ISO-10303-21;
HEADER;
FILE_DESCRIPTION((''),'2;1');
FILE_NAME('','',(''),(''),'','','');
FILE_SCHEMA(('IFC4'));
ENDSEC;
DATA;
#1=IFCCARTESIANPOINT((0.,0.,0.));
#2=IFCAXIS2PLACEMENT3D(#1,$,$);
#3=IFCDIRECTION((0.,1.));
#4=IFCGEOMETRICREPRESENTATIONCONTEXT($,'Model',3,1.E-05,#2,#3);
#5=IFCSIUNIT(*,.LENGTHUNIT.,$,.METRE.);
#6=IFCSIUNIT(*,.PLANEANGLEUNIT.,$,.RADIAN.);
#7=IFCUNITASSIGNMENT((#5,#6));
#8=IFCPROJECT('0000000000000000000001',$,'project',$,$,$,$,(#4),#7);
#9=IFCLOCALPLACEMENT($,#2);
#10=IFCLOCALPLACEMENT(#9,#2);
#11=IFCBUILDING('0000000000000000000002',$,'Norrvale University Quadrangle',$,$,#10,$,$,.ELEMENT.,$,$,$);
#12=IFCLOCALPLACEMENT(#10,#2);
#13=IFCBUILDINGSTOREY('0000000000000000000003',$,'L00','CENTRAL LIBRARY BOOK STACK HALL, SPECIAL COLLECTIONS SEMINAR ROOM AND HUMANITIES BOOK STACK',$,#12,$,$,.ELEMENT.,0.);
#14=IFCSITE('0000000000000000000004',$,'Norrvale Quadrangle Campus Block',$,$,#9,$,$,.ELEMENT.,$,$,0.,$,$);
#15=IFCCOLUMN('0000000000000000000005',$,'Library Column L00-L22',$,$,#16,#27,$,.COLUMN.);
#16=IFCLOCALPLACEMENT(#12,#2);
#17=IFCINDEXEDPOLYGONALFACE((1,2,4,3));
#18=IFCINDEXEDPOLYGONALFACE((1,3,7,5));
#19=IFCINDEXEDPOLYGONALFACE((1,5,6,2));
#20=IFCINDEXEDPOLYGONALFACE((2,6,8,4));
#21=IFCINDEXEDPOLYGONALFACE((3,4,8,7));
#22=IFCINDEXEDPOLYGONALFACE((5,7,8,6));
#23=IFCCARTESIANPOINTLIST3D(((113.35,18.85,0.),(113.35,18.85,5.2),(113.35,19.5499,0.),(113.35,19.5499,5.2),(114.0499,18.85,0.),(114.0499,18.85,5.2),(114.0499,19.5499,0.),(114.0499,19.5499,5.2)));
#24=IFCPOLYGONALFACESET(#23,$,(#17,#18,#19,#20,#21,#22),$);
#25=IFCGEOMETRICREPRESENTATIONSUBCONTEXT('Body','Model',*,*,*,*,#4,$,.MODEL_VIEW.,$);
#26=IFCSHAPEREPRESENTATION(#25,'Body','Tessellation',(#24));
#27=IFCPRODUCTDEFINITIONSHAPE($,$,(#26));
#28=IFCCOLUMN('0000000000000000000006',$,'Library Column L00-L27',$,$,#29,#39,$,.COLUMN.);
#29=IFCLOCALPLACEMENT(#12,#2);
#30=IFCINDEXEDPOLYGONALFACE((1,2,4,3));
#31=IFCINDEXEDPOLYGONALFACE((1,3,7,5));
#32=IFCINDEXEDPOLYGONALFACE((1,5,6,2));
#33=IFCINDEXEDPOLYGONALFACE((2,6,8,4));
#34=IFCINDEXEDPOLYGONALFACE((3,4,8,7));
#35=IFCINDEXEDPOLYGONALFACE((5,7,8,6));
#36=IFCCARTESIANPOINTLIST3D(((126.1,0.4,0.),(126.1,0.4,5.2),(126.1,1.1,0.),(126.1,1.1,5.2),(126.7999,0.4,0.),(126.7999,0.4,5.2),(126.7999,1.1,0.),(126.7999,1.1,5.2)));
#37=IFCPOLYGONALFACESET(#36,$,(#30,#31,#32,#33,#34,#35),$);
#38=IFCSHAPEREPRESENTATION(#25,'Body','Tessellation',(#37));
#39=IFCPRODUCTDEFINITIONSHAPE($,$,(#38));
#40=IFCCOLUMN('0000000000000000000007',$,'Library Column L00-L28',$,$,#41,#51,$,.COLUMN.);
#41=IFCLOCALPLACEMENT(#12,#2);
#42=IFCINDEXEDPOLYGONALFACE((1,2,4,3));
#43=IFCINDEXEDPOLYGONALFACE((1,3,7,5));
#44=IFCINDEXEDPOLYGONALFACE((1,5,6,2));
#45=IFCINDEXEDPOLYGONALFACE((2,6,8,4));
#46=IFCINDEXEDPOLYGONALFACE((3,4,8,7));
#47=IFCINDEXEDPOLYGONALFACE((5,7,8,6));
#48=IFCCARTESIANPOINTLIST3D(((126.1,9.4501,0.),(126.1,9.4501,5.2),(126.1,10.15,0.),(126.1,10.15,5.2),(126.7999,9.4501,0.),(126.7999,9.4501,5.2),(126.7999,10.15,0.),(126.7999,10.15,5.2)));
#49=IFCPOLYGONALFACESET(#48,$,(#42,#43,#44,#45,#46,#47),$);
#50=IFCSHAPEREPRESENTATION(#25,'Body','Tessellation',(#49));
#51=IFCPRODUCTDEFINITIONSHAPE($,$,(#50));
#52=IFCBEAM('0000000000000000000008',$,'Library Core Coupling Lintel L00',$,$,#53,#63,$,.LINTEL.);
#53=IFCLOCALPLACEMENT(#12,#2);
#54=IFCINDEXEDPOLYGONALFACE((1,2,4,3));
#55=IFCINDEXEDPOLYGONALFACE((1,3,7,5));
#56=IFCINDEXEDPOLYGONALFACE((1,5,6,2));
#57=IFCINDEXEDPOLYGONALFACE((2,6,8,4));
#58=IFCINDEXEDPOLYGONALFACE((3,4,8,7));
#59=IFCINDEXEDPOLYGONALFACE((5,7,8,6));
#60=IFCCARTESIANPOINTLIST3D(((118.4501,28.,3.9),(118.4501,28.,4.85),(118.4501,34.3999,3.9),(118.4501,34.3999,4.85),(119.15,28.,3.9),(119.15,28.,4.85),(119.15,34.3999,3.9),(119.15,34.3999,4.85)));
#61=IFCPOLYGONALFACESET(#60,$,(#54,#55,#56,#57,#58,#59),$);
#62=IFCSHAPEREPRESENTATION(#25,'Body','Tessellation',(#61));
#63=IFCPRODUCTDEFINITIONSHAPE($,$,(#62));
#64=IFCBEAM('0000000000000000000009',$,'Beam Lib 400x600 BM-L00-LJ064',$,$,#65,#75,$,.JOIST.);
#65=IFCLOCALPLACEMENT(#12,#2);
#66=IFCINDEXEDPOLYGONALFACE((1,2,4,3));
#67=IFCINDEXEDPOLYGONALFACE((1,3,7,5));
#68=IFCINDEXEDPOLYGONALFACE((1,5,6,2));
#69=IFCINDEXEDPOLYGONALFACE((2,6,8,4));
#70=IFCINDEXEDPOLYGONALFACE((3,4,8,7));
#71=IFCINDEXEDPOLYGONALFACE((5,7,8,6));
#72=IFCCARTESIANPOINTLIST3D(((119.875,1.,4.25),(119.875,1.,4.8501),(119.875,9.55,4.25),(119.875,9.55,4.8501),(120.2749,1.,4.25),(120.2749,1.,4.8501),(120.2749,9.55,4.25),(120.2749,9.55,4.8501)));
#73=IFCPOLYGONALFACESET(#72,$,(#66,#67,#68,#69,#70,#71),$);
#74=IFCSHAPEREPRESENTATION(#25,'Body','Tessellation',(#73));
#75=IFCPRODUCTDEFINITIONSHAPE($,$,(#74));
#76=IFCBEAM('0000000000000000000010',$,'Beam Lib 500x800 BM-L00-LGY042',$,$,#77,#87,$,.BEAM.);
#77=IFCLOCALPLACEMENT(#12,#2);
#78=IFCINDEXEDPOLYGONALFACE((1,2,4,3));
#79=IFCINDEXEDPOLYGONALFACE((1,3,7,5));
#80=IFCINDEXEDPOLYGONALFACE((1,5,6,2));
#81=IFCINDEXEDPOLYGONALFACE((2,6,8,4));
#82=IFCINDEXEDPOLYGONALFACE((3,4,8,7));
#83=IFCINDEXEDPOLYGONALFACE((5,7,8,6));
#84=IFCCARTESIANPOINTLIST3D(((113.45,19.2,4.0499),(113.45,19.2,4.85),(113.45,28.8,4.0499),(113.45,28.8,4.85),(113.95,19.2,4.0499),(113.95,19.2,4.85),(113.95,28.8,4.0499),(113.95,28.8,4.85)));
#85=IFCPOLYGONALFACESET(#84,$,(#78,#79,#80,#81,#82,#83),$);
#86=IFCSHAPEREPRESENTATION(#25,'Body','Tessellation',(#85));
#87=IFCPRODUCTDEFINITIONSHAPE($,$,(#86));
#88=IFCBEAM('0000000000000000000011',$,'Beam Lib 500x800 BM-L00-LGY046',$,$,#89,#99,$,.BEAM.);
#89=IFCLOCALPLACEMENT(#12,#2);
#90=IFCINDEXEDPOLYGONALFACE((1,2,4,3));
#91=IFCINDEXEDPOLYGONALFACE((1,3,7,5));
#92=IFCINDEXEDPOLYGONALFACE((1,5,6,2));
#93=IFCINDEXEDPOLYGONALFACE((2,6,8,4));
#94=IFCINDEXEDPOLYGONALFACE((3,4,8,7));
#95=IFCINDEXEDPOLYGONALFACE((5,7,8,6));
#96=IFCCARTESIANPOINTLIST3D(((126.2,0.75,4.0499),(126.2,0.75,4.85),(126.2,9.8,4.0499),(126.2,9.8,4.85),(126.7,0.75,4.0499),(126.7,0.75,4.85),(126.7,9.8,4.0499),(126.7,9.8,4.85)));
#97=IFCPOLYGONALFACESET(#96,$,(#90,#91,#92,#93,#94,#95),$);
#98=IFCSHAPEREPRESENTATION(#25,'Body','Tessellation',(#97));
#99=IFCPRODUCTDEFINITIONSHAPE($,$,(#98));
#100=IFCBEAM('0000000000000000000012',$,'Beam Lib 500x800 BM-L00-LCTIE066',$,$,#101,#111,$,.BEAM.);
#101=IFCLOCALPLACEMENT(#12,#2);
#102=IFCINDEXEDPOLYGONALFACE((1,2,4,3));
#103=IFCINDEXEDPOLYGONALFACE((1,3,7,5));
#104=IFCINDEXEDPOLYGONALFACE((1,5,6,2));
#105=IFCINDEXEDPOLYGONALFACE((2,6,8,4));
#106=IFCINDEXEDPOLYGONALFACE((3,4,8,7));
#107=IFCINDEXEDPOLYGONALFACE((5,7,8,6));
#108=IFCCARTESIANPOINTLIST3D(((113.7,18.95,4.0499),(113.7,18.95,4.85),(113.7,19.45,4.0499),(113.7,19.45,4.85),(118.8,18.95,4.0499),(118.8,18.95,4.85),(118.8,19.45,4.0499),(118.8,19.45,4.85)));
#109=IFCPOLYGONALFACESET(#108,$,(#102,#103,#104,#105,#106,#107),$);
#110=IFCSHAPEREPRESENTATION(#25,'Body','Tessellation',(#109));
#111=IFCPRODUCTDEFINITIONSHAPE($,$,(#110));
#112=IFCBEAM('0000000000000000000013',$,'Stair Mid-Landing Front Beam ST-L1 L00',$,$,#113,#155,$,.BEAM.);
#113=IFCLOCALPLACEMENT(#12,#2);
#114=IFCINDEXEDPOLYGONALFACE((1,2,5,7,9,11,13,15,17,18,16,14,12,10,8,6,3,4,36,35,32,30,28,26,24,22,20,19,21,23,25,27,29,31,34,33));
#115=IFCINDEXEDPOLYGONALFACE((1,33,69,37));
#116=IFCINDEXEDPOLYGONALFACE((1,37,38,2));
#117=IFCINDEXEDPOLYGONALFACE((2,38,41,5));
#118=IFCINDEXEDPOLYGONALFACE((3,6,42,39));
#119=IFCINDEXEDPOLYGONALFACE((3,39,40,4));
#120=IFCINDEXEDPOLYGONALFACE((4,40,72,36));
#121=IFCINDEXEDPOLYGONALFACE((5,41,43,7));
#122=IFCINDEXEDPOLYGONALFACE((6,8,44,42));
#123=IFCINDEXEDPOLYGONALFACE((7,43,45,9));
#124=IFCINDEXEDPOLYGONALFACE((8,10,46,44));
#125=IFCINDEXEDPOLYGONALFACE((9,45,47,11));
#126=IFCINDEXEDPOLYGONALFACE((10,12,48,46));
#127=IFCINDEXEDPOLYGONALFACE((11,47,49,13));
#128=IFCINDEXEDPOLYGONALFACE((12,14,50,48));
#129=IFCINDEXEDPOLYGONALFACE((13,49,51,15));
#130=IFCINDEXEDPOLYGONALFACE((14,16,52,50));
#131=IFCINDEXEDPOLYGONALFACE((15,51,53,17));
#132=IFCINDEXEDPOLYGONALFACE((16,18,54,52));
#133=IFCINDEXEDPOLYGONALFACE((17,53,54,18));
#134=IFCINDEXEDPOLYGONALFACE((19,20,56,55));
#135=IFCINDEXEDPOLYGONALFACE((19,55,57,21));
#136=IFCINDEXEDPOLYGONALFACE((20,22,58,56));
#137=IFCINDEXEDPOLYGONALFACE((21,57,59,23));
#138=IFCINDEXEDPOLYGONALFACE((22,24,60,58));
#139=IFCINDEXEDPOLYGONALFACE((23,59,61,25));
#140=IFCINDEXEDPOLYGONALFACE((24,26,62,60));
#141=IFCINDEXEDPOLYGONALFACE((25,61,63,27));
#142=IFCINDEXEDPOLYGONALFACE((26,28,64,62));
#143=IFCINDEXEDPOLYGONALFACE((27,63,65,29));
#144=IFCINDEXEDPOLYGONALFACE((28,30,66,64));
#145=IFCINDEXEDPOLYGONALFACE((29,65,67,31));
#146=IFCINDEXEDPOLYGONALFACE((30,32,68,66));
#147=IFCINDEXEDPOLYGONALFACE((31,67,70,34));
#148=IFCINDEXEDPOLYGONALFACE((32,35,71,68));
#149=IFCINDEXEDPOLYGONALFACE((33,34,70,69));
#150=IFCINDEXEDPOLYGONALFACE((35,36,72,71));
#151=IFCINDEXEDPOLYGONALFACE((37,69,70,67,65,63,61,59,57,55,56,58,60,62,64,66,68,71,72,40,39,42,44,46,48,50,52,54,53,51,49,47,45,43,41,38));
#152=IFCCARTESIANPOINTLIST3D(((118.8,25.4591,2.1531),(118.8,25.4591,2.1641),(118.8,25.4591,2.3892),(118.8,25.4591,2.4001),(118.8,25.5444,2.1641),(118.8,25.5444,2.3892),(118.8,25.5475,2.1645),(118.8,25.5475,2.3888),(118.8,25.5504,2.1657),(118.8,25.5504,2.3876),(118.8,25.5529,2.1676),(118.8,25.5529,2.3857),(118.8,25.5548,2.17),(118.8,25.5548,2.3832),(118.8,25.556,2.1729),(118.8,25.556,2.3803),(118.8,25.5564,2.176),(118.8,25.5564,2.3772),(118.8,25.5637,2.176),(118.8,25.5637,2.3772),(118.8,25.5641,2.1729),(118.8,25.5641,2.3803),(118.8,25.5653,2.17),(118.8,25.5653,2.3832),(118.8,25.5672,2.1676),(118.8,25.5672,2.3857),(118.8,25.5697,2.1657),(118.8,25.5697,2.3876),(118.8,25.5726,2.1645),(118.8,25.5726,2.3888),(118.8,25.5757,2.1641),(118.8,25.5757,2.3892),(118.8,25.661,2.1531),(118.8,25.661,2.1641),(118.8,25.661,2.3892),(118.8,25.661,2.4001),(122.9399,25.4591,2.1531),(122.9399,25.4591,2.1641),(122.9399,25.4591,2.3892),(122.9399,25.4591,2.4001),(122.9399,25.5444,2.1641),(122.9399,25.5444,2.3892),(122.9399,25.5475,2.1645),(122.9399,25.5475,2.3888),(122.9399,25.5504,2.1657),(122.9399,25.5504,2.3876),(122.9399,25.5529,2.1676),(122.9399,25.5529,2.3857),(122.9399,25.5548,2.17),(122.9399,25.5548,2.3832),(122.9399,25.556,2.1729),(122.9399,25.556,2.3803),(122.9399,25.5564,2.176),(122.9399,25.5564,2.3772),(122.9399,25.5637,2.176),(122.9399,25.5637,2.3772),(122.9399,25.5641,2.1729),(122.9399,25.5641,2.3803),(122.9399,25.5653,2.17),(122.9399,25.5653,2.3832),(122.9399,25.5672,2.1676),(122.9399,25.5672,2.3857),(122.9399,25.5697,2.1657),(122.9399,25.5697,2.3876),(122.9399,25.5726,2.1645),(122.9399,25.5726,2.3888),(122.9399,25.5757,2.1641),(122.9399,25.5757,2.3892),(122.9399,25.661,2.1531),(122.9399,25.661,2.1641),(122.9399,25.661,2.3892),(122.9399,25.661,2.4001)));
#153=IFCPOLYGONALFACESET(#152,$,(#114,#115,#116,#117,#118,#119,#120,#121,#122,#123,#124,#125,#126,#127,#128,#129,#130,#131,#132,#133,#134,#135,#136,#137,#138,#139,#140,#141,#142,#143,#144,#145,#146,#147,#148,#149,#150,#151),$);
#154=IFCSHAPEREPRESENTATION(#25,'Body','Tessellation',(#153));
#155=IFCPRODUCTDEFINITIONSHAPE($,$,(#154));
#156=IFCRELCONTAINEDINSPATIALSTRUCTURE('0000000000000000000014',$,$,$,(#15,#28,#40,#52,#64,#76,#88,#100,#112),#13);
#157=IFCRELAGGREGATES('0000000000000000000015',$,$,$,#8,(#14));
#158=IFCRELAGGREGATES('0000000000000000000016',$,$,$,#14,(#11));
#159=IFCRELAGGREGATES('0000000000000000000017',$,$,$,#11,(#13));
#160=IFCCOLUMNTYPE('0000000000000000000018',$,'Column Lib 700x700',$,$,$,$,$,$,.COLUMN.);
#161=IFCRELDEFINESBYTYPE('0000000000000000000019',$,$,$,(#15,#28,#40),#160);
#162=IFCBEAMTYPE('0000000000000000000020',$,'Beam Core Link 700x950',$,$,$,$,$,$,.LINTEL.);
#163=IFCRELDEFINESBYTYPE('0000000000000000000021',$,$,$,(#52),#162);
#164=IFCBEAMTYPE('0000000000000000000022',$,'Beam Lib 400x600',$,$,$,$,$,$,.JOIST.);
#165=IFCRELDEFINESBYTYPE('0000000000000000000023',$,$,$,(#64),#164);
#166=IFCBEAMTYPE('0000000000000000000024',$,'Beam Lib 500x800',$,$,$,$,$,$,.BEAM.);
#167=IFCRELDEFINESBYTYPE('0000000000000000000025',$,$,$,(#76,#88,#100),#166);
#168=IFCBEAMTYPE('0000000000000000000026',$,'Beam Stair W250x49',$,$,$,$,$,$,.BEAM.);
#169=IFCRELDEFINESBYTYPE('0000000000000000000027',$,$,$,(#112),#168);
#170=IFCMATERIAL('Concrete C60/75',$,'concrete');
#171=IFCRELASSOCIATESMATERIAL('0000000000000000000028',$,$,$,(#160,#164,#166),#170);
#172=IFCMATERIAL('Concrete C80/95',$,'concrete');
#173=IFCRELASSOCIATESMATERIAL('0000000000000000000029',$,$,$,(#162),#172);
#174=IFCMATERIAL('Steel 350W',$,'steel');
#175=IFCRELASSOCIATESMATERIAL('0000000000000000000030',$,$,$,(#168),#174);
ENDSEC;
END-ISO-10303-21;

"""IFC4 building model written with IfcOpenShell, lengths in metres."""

from ifc_helpers import new_model, si_unit, direction, frame, origin, origin_2d, place, context, subcontext, project, spatial, rectangle, i_section, extrude, material, material_profile, profile_set, type_object, element, save


model = new_model("IFC4")

# Units and contexts
model_context = context("Model", 3, precision=1e-05, world=origin(), true_north=direction((0.0, 1.0)))
body_context = subcontext(model_context, "Body", "Model", "MODEL_VIEW")
ifc_project = project(units=[si_unit("LENGTHUNIT", "METRE"), si_unit("PLANEANGLEUNIT", "RADIAN")], contexts=[model_context])

# Site, building, storey
site_placement = place(None, origin())
site = spatial("IfcSite", under=ifc_project, at=site_placement, Name="Norrvale Quadrangle Campus Block", CompositionType="ELEMENT", RefElevation=0.0)
building_placement = place(site_placement, origin())
building = spatial("IfcBuilding", under=site, at=building_placement, Name="Norrvale University Quadrangle", CompositionType="ELEMENT")
storey_placement = place(building_placement, origin())
storey = spatial("IfcBuildingStorey", under=building, at=storey_placement, Name="L00", Description="CENTRAL LIBRARY BOOK STACK HALL, SPECIAL COLLECTIONS SEMINAR ROOM AND HUMANITIES BOOK STACK", CompositionType="ELEMENT", Elevation=0.0)

# Columns
ifc_material_1 = material(Name="Concrete C60/75", Category="concrete")
ifc_material_profile_1 = material_profile(ifc_material_1, rectangle(XDim=0.7, YDim=0.7, at=origin_2d()), Name="Concrete C60/75")
ifc_profile_set_1 = profile_set([ifc_material_profile_1], Name="Concrete C60/75")
column_type = type_object("IfcColumnType", Name="Column Lib 700x700", PredefinedType="COLUMN", material=ifc_profile_set_1)
for number, where, z_axis, x_axis, name in (
    (1, (113.7, 19.2, 0.0), (0.0, 0.0, 1.0), (1.0, 0.0, 0.0), "Library Column L00-L22"),
    (2, (126.45, 0.75, 0.0), (0.0, 0.0, 1.0), (1.0, 0.0, 0.0), "Library Column L00-L27"),
    (3, (126.45, 9.8, 0.0), (0.0, 0.0, 1.0), (1.0, 0.0, 0.0), "Library Column L00-L28"),
):
    element("IfcColumn", number, at=place(storey_placement, frame(where, z_axis=z_axis, x_axis=x_axis)), inside=storey, type_object=column_type, Name=name, PredefinedType="COLUMN", context=body_context, shape_type="SweptSolid", body=[
        extrude(rectangle(XDim=0.7, YDim=0.7, at=origin_2d()), origin(), (0.0, 0.0, 1.0), 5.2),
    ])

# Beams
ifc_material_2 = material(Name="Concrete C80/95", Category="concrete")
ifc_material_profile_2 = material_profile(ifc_material_2, rectangle(XDim=0.7, YDim=0.95, at=origin_2d()), Name="Concrete C80/95")
ifc_profile_set_2 = profile_set([ifc_material_profile_2], Name="Concrete C80/95")
beam_type_1 = type_object("IfcBeamType", Name="Beam Core Link 700x950", PredefinedType="LINTEL", material=ifc_profile_set_2)
beam_1_placement = place(storey_placement, frame((118.8, 28.0, 4.375), z_axis=(0.0, 1.0, 0.0), x_axis=(-1.0, 0.0, 0.0)))
element("IfcBeam", 4, at=beam_1_placement, inside=storey, type_object=beam_type_1, Name="Library Core Coupling Lintel L00", PredefinedType="LINTEL", context=body_context, shape_type="SweptSolid", body=[
    extrude(rectangle(XDim=0.7, YDim=0.95, at=origin_2d()), origin(), (0.0, 0.0, 1.0), 6.3999),
])
ifc_material_profile_3 = material_profile(ifc_material_1, rectangle(XDim=0.3999, YDim=0.6001, at=origin_2d()), Name="Concrete C60/75")
ifc_profile_set_3 = profile_set([ifc_material_profile_3], Name="Concrete C60/75")
beam_type_2 = type_object("IfcBeamType", Name="Beam Lib 400x600", PredefinedType="JOIST", material=ifc_profile_set_3)
beam_2_placement = place(storey_placement, frame((120.075, 1.0, 4.55), z_axis=(0.0, 1.0, 0.0), x_axis=(-1.0, 0.0, 0.0)))
element("IfcBeam", 5, at=beam_2_placement, inside=storey, type_object=beam_type_2, Name="Beam Lib 400x600 BM-L00-LJ064", PredefinedType="JOIST", context=body_context, shape_type="SweptSolid", body=[
    extrude(rectangle(XDim=0.3999, YDim=0.6001, at=origin_2d()), origin(), (0.0, 0.0, 1.0), 8.55),
])
ifc_material_profile_4 = material_profile(ifc_material_1, rectangle(XDim=0.5, YDim=0.8, at=origin_2d()), Name="Concrete C60/75")
ifc_profile_set_4 = profile_set([ifc_material_profile_4], Name="Concrete C60/75")
beam_type_3 = type_object("IfcBeamType", Name="Beam Lib 500x800", PredefinedType="BEAM", material=ifc_profile_set_4)
beam_3_placement = place(storey_placement, frame((113.7, 19.2, 4.45), z_axis=(0.0, 1.0, 0.0), x_axis=(-1.0, 0.0, 0.0)))
element("IfcBeam", 6, at=beam_3_placement, inside=storey, type_object=beam_type_3, Name="Beam Lib 500x800 BM-L00-LGY042", PredefinedType="BEAM", context=body_context, shape_type="SweptSolid", body=[
    extrude(rectangle(XDim=0.5, YDim=0.8, at=origin_2d()), origin(), (0.0, 0.0, 1.0), 9.6001),
])
beam_4_placement = place(storey_placement, frame((126.45, 0.75, 4.45), z_axis=(0.0, 1.0, 0.0), x_axis=(-1.0, 0.0, 0.0)))
element("IfcBeam", 7, at=beam_4_placement, inside=storey, type_object=beam_type_3, Name="Beam Lib 500x800 BM-L00-LGY046", PredefinedType="BEAM", context=body_context, shape_type="SweptSolid", body=[
    extrude(rectangle(XDim=0.5, YDim=0.8, at=origin_2d()), origin(), (0.0, 0.0, 1.0), 9.05),
])
beam_5_placement = place(storey_placement, frame((113.7, 19.2, 4.45), z_axis=(1.0, 0.0, 0.0), x_axis=(0.0, 1.0, 0.0)))
element("IfcBeam", 8, at=beam_5_placement, inside=storey, type_object=beam_type_3, Name="Beam Lib 500x800 BM-L00-LCTIE066", PredefinedType="BEAM", context=body_context, shape_type="SweptSolid", body=[
    extrude(rectangle(XDim=0.5, YDim=0.8, at=origin_2d()), origin(), (0.0, 0.0, 1.0), 5.1001),
])
ifc_material_3 = material(Name="Steel 350W", Category="steel")
ifc_material_profile_5 = material_profile(ifc_material_3, i_section(OverallWidth=0.2019, OverallDepth=0.2471, WebThickness=0.0073, FlangeThickness=0.011, FilletRadius=0.012, at=origin_2d()), Name="Steel 350W")
ifc_profile_set_5 = profile_set([ifc_material_profile_5], Name="Steel 350W")
beam_type_4 = type_object("IfcBeamType", Name="Beam Stair W250x49", PredefinedType="BEAM", material=ifc_profile_set_5)
for number, where, z_axis, x_axis, name in (
    (9, (118.8, 25.5601, 2.2766), (1.0, 0.0, 0.0), (0.0, 1.0, 0.0), "Stair Mid-Landing Front Beam ST-L1 L00"),
):
    element("IfcBeam", number, at=place(storey_placement, frame(where, z_axis=z_axis, x_axis=x_axis)), inside=storey, type_object=beam_type_4, Name=name, PredefinedType="BEAM", context=body_context, shape_type="SweptSolid", body=[
        extrude(i_section(OverallWidth=0.2019, OverallDepth=0.2471, WebThickness=0.0073, FlangeThickness=0.011, FilletRadius=0.012, at=origin_2d()), origin(), (0.0, 0.0, 1.0), 4.1399),
    ])

save(model, "model.ifc")
